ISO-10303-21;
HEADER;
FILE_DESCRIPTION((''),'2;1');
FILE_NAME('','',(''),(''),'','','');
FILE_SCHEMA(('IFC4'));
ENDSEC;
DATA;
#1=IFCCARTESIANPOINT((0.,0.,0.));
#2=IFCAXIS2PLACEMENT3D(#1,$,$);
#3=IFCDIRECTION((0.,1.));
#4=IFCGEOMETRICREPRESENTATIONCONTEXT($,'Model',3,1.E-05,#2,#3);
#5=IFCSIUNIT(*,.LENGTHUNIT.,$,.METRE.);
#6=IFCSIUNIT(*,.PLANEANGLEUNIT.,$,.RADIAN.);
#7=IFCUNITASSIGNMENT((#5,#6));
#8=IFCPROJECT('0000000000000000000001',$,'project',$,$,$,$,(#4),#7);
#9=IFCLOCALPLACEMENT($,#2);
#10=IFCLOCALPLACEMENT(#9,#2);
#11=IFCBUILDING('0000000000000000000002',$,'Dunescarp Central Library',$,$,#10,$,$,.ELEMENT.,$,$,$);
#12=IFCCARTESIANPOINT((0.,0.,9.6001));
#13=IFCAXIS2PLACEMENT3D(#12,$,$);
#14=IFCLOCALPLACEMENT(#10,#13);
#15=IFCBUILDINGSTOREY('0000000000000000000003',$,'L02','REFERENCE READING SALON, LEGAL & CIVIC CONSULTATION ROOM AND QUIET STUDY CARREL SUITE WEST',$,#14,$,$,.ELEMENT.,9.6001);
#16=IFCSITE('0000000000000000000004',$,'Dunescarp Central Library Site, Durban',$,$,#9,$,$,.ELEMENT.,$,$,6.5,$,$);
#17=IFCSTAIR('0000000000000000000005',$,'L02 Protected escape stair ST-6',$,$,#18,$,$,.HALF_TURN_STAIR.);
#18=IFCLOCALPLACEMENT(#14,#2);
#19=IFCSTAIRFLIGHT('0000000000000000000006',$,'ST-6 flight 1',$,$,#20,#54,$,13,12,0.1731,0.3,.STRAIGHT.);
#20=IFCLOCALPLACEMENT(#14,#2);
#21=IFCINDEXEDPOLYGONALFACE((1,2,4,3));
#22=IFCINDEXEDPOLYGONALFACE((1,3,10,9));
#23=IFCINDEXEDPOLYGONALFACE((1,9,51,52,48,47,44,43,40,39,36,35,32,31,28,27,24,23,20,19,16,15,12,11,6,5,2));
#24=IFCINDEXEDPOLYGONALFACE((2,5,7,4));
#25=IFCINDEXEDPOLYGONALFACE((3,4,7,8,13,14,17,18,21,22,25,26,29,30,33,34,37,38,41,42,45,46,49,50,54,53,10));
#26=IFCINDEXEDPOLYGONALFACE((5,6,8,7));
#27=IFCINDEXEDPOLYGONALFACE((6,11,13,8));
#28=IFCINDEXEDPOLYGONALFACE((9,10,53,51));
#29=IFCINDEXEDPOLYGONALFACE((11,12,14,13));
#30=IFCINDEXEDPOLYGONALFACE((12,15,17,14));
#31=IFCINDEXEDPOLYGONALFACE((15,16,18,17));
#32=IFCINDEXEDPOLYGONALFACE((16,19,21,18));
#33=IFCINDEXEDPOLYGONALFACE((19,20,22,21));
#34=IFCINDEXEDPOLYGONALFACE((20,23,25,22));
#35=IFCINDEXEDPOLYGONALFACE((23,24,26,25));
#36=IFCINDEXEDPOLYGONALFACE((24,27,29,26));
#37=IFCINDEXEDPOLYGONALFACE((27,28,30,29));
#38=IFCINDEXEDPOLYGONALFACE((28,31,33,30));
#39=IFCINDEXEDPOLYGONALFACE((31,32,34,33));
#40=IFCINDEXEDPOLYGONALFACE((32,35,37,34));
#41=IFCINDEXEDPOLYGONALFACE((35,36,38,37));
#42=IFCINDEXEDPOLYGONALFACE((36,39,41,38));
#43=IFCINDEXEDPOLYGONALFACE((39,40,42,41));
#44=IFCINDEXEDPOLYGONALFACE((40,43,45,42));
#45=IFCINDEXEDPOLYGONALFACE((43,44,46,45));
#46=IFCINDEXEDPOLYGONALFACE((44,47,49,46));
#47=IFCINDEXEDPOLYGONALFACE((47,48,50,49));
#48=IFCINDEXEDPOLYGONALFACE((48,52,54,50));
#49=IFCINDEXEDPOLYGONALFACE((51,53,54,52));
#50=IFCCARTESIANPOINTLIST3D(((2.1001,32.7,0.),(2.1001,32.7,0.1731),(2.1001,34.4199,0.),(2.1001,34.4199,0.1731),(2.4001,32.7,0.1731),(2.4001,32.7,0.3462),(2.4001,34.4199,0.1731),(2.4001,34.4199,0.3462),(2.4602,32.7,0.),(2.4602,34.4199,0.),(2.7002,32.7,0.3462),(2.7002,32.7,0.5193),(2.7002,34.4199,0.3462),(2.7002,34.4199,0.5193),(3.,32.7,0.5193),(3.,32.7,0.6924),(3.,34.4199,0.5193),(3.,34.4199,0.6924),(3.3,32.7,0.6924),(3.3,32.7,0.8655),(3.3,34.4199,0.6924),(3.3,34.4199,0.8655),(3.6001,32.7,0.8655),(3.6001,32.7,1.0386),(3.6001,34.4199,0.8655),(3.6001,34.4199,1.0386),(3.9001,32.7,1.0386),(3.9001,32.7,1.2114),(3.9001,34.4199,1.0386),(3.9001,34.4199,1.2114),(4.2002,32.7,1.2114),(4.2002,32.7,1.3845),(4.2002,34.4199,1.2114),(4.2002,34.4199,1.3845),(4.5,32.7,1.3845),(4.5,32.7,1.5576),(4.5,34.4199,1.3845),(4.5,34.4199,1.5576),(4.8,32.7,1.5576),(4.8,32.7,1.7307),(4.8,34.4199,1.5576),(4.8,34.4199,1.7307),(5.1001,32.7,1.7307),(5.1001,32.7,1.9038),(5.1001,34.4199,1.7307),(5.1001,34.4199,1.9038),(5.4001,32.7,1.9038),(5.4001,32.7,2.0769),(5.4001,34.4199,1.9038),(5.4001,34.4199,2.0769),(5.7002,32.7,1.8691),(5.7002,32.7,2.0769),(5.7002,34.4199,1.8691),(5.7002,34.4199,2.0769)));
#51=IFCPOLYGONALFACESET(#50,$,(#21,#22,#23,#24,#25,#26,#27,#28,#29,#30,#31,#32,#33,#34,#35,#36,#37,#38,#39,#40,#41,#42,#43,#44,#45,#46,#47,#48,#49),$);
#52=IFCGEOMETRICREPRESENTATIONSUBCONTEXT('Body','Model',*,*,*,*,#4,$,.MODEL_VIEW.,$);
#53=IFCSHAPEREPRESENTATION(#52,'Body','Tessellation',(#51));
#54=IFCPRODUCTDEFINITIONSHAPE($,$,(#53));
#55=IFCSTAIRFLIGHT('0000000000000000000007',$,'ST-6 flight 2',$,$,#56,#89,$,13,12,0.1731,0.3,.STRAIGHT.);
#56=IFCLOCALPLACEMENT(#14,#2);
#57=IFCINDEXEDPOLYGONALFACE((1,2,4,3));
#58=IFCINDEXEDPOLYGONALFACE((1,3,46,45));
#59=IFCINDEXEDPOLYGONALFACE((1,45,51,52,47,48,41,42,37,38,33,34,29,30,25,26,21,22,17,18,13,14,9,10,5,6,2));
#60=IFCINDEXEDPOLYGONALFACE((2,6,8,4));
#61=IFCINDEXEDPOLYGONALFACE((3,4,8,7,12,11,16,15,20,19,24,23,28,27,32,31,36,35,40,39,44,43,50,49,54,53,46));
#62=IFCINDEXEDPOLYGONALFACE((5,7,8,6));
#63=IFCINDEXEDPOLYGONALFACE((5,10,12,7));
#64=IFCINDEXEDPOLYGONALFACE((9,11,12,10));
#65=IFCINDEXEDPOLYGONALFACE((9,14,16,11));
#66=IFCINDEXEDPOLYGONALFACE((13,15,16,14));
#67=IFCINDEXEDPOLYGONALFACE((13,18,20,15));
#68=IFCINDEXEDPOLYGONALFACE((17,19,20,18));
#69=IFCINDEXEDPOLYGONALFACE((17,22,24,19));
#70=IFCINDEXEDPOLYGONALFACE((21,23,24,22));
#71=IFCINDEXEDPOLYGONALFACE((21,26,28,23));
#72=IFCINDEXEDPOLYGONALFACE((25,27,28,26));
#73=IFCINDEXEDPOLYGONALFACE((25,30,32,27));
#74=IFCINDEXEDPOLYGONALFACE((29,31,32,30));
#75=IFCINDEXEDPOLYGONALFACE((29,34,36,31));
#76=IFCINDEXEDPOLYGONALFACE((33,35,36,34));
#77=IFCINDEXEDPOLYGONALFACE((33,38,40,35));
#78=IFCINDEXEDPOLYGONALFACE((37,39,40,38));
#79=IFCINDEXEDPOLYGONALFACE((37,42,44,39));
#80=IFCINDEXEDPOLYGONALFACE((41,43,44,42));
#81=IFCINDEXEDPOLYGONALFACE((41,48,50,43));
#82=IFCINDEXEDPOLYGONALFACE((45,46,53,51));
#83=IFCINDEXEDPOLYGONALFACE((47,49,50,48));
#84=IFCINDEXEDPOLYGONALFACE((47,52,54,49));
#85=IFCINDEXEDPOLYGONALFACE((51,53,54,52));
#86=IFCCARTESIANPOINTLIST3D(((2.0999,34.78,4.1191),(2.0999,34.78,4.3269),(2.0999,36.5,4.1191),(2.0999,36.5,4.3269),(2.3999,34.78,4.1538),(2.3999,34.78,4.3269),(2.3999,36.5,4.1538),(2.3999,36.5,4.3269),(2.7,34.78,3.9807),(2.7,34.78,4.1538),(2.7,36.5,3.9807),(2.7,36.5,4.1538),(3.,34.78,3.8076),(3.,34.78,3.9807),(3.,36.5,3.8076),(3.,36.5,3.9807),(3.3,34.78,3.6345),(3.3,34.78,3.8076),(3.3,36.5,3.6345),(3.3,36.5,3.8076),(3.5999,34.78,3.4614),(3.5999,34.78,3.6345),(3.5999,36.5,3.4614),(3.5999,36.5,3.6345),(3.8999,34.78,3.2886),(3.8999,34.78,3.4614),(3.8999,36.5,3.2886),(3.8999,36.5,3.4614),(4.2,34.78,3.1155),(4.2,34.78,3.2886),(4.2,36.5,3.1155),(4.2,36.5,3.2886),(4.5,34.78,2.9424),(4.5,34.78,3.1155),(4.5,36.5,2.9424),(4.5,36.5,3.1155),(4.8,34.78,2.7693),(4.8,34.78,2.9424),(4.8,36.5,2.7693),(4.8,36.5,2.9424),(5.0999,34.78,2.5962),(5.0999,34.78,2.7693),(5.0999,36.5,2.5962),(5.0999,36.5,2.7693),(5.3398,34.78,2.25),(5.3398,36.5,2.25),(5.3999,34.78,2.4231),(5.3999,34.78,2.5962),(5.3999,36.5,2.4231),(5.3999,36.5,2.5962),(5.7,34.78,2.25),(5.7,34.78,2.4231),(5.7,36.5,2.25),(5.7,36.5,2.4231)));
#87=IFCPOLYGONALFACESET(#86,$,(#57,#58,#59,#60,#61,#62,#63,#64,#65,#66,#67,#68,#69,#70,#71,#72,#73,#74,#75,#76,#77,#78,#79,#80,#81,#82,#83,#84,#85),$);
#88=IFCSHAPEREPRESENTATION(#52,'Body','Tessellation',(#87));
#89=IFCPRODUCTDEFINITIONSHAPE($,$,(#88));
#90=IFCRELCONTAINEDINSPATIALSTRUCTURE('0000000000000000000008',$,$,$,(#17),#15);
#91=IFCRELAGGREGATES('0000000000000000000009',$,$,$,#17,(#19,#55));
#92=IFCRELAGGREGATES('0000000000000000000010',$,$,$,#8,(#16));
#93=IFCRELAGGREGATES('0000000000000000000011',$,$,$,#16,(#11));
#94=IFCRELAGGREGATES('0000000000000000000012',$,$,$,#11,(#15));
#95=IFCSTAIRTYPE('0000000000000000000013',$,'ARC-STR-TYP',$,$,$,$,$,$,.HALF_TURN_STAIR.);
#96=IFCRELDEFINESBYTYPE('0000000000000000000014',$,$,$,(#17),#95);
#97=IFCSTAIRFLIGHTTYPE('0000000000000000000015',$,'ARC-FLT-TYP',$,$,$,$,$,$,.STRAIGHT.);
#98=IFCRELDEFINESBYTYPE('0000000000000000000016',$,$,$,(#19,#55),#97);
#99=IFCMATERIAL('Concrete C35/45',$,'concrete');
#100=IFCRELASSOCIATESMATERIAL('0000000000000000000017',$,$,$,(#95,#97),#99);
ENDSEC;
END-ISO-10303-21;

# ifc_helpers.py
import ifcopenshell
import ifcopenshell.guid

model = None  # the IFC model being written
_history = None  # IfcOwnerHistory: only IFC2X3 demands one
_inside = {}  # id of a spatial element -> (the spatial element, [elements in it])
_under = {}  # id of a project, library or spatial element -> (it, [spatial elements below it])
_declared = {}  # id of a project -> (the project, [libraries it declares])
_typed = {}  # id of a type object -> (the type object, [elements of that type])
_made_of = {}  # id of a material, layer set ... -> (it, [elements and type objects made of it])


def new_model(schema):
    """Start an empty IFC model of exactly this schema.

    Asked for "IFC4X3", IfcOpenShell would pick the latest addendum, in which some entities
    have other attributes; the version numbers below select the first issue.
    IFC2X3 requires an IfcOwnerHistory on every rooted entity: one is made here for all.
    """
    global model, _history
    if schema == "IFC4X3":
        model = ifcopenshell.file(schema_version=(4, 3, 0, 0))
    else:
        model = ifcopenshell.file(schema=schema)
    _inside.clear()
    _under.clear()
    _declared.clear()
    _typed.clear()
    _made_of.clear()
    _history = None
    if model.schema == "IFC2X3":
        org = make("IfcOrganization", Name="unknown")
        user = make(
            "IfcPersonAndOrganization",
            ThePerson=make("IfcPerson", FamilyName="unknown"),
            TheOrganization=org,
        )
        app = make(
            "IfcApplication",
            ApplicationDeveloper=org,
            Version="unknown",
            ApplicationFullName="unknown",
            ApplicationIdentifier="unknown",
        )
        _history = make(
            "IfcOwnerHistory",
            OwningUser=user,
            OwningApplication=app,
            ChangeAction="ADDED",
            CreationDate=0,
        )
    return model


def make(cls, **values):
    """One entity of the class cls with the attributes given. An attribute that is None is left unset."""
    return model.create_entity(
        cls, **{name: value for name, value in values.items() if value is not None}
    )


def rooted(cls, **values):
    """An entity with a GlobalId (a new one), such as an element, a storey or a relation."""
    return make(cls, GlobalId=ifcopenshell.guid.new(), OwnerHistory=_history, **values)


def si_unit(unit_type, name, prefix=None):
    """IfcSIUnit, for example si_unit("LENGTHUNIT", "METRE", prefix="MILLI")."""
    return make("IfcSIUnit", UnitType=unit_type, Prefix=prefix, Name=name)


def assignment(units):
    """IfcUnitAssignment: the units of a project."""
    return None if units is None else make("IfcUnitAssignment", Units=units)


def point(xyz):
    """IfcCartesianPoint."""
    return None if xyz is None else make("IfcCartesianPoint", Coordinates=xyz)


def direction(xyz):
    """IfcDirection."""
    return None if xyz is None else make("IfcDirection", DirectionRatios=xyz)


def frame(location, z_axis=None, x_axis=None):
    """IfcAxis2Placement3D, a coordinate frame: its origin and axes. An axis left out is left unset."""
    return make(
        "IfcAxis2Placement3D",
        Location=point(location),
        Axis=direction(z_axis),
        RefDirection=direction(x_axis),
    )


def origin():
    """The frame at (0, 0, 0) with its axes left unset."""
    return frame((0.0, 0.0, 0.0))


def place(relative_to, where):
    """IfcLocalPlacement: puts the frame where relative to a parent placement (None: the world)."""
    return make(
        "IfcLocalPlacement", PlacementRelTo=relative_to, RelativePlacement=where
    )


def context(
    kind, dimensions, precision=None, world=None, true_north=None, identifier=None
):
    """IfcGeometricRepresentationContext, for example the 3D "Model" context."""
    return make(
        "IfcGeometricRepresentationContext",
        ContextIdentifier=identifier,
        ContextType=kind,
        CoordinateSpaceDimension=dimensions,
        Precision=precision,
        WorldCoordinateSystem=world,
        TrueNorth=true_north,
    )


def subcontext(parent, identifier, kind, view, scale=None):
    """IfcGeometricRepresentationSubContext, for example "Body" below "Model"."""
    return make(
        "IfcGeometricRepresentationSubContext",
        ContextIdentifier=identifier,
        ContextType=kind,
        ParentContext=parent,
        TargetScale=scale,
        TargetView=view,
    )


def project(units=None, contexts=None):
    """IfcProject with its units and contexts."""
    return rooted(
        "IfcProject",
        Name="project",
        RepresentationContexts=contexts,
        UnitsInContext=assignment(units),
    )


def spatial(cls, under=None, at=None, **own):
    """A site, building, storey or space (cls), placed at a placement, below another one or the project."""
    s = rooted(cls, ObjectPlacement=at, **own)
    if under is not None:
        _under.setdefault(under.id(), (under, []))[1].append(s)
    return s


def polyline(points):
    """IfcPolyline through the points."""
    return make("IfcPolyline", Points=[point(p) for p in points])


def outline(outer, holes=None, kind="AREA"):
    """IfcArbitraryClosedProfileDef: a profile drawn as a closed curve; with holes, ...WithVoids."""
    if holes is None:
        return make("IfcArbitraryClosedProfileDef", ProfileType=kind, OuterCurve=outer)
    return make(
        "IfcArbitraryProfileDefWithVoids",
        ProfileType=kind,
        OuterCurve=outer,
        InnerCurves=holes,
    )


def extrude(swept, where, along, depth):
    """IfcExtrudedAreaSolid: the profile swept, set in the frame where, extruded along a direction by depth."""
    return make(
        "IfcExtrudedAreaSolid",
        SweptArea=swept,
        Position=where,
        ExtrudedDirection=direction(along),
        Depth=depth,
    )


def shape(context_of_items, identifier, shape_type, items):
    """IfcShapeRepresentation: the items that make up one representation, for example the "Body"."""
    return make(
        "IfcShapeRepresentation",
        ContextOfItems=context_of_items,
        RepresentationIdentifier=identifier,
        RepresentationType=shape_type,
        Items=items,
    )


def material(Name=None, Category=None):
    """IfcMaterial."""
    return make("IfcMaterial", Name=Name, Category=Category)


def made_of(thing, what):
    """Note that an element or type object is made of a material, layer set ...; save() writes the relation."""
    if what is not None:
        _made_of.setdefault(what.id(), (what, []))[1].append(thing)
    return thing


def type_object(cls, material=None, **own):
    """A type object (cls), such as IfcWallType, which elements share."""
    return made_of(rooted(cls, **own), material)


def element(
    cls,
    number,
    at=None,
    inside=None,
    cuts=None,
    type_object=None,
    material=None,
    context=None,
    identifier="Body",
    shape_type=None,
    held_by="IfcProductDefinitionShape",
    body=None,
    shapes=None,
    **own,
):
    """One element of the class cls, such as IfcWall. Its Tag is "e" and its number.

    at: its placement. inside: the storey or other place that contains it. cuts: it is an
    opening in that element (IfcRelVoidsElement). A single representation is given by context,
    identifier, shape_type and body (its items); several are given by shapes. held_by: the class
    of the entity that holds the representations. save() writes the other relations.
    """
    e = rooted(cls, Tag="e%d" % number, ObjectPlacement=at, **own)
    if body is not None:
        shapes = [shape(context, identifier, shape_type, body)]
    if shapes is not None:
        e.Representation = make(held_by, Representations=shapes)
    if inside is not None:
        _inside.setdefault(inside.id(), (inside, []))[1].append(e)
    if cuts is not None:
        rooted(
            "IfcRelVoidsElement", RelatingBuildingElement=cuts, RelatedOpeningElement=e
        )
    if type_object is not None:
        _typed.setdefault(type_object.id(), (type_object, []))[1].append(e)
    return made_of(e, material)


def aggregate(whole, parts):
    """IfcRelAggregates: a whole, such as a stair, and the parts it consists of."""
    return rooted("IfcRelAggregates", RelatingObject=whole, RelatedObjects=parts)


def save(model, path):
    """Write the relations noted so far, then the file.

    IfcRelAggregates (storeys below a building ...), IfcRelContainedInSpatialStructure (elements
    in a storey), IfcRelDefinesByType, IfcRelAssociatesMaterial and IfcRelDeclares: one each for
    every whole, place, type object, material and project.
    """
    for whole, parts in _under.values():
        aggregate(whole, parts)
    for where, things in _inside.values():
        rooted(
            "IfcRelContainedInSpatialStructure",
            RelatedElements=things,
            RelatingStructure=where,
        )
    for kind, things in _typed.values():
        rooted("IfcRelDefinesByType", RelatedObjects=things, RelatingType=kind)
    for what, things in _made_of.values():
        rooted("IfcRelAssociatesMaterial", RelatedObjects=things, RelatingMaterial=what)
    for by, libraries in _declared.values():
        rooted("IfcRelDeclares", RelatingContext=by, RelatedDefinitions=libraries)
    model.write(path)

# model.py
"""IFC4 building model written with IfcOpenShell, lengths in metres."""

from ifc_helpers import new_model, si_unit, direction, frame, origin, place, context, subcontext, project, spatial, polyline, outline, extrude, material, type_object, element, aggregate, save


model = new_model("IFC4")

# Units and contexts
model_context = context("Model", 3, precision=1e-05, world=origin(), true_north=direction((0.0, 1.0)))
body_context = subcontext(model_context, "Body", "Model", "MODEL_VIEW")
ifc_project = project(units=[si_unit("LENGTHUNIT", "METRE"), si_unit("PLANEANGLEUNIT", "RADIAN")], contexts=[model_context])

# Site, building, storey
site_placement = place(None, origin())
site = spatial("IfcSite", under=ifc_project, at=site_placement, Name="Dunescarp Central Library Site, Durban", CompositionType="ELEMENT", RefElevation=6.5)
building_placement = place(site_placement, origin())
building = spatial("IfcBuilding", under=site, at=building_placement, Name="Dunescarp Central Library", CompositionType="ELEMENT")
storey_placement = place(building_placement, frame((0.0, 0.0, 9.6001)))
storey = spatial("IfcBuildingStorey", under=building, at=storey_placement, Name="L02", Description="REFERENCE READING SALON, LEGAL & CIVIC CONSULTATION ROOM AND QUIET STUDY CARREL SUITE WEST", CompositionType="ELEMENT", Elevation=9.6001)

# Stair, stair flights
ifc_material_1 = material(Name="Concrete C35/45", Category="concrete")
stair_type = type_object("IfcStairType", Name="ARC-STR-TYP", PredefinedType="HALF_TURN_STAIR", material=ifc_material_1)
stair_placement = place(storey_placement, origin())
stair = element("IfcStair", 1, at=stair_placement, inside=storey, type_object=stair_type, Name="L02 Protected escape stair ST-6", PredefinedType="HALF_TURN_STAIR")
stair_flight_type = type_object("IfcStairFlightType", Name="ARC-FLT-TYP", PredefinedType="STRAIGHT", material=ifc_material_1)
stair_flight_1_placement = place(storey_placement, frame((2.1001, 33.5601, 0.0), z_axis=(0.0, 0.0, 1.0), x_axis=(1.0, 0.0, 0.0)))
stair_flight_1 = element("IfcStairFlight", 2, at=stair_flight_1_placement, type_object=stair_flight_type, Name="ST-6 flight 1", NumberOfRisers=13, NumberOfTreads=12, PredefinedType="STRAIGHT", RiserHeight=0.1731, TreadLength=0.3, context=body_context, shape_type="SweptSolid", body=[
    extrude(outline(polyline([(0.0, 0.0), (0.0, 0.1731), (0.3, 0.1731), (0.3, 0.3462), (0.6001, 0.3462), (0.6001, 0.5193), (0.8999, 0.5193), (0.8999, 0.6924), (1.2, 0.6924), (1.2, 0.8655), (1.5, 0.8655), (1.5, 1.0386), (1.8, 1.0386), (1.8, 1.2114), (2.1001, 1.2114), (2.1001, 1.3845), (2.3999, 1.3845), (2.3999, 1.5576), (2.7, 1.5576), (2.7, 1.7307), (3.0, 1.7307), (3.0, 1.9038), (3.3, 1.9038), (3.3, 2.0769), (3.6001, 2.0769), (3.6001, 2.25), (3.6001, 1.8691), (0.3601, 0.0), (0.0, 0.0)])), frame((0.0, 0.8599, 0.0), z_axis=(0.0, -1.0, 0.0), x_axis=(1.0, 0.0, 0.0)), (0.0, 0.0, 1.0), 1.72),
])
stair_flight_2_placement = place(storey_placement, frame((5.7, 35.6399, 2.25), z_axis=(0.0, 0.0, 1.0), x_axis=(-1.0, 0.0, 0.0)))
stair_flight_2 = element("IfcStairFlight", 3, at=stair_flight_2_placement, type_object=stair_flight_type, Name="ST-6 flight 2", NumberOfRisers=13, NumberOfTreads=12, PredefinedType="STRAIGHT", RiserHeight=0.1731, TreadLength=0.3, context=body_context, shape_type="SweptSolid", body=[
    extrude(outline(polyline([(0.0, 0.0), (0.0, 0.1731), (0.3, 0.1731), (0.3, 0.3462), (0.6001, 0.3462), (0.6001, 0.5193), (0.8999, 0.5193), (0.8999, 0.6924), (1.2, 0.6924), (1.2, 0.8655), (1.5, 0.8655), (1.5, 1.0386), (1.8, 1.0386), (1.8, 1.2114), (2.1001, 1.2114), (2.1001, 1.3845), (2.3999, 1.3845), (2.3999, 1.5576), (2.7, 1.5576), (2.7, 1.7307), (3.0, 1.7307), (3.0, 1.9038), (3.3, 1.9038), (3.3, 2.0769), (3.6001, 2.0769), (3.6001, 2.25), (3.6001, 1.8691), (0.3601, 0.0), (0.0, 0.0)])), frame((0.0, 0.8599, 0.0), z_axis=(0.0, -1.0, 0.0), x_axis=(1.0, 0.0, 0.0)), (0.0, 0.0, 1.0), 1.72),
])
aggregate(stair, [stair_flight_1, stair_flight_2])

save(model, "model.ifc")
